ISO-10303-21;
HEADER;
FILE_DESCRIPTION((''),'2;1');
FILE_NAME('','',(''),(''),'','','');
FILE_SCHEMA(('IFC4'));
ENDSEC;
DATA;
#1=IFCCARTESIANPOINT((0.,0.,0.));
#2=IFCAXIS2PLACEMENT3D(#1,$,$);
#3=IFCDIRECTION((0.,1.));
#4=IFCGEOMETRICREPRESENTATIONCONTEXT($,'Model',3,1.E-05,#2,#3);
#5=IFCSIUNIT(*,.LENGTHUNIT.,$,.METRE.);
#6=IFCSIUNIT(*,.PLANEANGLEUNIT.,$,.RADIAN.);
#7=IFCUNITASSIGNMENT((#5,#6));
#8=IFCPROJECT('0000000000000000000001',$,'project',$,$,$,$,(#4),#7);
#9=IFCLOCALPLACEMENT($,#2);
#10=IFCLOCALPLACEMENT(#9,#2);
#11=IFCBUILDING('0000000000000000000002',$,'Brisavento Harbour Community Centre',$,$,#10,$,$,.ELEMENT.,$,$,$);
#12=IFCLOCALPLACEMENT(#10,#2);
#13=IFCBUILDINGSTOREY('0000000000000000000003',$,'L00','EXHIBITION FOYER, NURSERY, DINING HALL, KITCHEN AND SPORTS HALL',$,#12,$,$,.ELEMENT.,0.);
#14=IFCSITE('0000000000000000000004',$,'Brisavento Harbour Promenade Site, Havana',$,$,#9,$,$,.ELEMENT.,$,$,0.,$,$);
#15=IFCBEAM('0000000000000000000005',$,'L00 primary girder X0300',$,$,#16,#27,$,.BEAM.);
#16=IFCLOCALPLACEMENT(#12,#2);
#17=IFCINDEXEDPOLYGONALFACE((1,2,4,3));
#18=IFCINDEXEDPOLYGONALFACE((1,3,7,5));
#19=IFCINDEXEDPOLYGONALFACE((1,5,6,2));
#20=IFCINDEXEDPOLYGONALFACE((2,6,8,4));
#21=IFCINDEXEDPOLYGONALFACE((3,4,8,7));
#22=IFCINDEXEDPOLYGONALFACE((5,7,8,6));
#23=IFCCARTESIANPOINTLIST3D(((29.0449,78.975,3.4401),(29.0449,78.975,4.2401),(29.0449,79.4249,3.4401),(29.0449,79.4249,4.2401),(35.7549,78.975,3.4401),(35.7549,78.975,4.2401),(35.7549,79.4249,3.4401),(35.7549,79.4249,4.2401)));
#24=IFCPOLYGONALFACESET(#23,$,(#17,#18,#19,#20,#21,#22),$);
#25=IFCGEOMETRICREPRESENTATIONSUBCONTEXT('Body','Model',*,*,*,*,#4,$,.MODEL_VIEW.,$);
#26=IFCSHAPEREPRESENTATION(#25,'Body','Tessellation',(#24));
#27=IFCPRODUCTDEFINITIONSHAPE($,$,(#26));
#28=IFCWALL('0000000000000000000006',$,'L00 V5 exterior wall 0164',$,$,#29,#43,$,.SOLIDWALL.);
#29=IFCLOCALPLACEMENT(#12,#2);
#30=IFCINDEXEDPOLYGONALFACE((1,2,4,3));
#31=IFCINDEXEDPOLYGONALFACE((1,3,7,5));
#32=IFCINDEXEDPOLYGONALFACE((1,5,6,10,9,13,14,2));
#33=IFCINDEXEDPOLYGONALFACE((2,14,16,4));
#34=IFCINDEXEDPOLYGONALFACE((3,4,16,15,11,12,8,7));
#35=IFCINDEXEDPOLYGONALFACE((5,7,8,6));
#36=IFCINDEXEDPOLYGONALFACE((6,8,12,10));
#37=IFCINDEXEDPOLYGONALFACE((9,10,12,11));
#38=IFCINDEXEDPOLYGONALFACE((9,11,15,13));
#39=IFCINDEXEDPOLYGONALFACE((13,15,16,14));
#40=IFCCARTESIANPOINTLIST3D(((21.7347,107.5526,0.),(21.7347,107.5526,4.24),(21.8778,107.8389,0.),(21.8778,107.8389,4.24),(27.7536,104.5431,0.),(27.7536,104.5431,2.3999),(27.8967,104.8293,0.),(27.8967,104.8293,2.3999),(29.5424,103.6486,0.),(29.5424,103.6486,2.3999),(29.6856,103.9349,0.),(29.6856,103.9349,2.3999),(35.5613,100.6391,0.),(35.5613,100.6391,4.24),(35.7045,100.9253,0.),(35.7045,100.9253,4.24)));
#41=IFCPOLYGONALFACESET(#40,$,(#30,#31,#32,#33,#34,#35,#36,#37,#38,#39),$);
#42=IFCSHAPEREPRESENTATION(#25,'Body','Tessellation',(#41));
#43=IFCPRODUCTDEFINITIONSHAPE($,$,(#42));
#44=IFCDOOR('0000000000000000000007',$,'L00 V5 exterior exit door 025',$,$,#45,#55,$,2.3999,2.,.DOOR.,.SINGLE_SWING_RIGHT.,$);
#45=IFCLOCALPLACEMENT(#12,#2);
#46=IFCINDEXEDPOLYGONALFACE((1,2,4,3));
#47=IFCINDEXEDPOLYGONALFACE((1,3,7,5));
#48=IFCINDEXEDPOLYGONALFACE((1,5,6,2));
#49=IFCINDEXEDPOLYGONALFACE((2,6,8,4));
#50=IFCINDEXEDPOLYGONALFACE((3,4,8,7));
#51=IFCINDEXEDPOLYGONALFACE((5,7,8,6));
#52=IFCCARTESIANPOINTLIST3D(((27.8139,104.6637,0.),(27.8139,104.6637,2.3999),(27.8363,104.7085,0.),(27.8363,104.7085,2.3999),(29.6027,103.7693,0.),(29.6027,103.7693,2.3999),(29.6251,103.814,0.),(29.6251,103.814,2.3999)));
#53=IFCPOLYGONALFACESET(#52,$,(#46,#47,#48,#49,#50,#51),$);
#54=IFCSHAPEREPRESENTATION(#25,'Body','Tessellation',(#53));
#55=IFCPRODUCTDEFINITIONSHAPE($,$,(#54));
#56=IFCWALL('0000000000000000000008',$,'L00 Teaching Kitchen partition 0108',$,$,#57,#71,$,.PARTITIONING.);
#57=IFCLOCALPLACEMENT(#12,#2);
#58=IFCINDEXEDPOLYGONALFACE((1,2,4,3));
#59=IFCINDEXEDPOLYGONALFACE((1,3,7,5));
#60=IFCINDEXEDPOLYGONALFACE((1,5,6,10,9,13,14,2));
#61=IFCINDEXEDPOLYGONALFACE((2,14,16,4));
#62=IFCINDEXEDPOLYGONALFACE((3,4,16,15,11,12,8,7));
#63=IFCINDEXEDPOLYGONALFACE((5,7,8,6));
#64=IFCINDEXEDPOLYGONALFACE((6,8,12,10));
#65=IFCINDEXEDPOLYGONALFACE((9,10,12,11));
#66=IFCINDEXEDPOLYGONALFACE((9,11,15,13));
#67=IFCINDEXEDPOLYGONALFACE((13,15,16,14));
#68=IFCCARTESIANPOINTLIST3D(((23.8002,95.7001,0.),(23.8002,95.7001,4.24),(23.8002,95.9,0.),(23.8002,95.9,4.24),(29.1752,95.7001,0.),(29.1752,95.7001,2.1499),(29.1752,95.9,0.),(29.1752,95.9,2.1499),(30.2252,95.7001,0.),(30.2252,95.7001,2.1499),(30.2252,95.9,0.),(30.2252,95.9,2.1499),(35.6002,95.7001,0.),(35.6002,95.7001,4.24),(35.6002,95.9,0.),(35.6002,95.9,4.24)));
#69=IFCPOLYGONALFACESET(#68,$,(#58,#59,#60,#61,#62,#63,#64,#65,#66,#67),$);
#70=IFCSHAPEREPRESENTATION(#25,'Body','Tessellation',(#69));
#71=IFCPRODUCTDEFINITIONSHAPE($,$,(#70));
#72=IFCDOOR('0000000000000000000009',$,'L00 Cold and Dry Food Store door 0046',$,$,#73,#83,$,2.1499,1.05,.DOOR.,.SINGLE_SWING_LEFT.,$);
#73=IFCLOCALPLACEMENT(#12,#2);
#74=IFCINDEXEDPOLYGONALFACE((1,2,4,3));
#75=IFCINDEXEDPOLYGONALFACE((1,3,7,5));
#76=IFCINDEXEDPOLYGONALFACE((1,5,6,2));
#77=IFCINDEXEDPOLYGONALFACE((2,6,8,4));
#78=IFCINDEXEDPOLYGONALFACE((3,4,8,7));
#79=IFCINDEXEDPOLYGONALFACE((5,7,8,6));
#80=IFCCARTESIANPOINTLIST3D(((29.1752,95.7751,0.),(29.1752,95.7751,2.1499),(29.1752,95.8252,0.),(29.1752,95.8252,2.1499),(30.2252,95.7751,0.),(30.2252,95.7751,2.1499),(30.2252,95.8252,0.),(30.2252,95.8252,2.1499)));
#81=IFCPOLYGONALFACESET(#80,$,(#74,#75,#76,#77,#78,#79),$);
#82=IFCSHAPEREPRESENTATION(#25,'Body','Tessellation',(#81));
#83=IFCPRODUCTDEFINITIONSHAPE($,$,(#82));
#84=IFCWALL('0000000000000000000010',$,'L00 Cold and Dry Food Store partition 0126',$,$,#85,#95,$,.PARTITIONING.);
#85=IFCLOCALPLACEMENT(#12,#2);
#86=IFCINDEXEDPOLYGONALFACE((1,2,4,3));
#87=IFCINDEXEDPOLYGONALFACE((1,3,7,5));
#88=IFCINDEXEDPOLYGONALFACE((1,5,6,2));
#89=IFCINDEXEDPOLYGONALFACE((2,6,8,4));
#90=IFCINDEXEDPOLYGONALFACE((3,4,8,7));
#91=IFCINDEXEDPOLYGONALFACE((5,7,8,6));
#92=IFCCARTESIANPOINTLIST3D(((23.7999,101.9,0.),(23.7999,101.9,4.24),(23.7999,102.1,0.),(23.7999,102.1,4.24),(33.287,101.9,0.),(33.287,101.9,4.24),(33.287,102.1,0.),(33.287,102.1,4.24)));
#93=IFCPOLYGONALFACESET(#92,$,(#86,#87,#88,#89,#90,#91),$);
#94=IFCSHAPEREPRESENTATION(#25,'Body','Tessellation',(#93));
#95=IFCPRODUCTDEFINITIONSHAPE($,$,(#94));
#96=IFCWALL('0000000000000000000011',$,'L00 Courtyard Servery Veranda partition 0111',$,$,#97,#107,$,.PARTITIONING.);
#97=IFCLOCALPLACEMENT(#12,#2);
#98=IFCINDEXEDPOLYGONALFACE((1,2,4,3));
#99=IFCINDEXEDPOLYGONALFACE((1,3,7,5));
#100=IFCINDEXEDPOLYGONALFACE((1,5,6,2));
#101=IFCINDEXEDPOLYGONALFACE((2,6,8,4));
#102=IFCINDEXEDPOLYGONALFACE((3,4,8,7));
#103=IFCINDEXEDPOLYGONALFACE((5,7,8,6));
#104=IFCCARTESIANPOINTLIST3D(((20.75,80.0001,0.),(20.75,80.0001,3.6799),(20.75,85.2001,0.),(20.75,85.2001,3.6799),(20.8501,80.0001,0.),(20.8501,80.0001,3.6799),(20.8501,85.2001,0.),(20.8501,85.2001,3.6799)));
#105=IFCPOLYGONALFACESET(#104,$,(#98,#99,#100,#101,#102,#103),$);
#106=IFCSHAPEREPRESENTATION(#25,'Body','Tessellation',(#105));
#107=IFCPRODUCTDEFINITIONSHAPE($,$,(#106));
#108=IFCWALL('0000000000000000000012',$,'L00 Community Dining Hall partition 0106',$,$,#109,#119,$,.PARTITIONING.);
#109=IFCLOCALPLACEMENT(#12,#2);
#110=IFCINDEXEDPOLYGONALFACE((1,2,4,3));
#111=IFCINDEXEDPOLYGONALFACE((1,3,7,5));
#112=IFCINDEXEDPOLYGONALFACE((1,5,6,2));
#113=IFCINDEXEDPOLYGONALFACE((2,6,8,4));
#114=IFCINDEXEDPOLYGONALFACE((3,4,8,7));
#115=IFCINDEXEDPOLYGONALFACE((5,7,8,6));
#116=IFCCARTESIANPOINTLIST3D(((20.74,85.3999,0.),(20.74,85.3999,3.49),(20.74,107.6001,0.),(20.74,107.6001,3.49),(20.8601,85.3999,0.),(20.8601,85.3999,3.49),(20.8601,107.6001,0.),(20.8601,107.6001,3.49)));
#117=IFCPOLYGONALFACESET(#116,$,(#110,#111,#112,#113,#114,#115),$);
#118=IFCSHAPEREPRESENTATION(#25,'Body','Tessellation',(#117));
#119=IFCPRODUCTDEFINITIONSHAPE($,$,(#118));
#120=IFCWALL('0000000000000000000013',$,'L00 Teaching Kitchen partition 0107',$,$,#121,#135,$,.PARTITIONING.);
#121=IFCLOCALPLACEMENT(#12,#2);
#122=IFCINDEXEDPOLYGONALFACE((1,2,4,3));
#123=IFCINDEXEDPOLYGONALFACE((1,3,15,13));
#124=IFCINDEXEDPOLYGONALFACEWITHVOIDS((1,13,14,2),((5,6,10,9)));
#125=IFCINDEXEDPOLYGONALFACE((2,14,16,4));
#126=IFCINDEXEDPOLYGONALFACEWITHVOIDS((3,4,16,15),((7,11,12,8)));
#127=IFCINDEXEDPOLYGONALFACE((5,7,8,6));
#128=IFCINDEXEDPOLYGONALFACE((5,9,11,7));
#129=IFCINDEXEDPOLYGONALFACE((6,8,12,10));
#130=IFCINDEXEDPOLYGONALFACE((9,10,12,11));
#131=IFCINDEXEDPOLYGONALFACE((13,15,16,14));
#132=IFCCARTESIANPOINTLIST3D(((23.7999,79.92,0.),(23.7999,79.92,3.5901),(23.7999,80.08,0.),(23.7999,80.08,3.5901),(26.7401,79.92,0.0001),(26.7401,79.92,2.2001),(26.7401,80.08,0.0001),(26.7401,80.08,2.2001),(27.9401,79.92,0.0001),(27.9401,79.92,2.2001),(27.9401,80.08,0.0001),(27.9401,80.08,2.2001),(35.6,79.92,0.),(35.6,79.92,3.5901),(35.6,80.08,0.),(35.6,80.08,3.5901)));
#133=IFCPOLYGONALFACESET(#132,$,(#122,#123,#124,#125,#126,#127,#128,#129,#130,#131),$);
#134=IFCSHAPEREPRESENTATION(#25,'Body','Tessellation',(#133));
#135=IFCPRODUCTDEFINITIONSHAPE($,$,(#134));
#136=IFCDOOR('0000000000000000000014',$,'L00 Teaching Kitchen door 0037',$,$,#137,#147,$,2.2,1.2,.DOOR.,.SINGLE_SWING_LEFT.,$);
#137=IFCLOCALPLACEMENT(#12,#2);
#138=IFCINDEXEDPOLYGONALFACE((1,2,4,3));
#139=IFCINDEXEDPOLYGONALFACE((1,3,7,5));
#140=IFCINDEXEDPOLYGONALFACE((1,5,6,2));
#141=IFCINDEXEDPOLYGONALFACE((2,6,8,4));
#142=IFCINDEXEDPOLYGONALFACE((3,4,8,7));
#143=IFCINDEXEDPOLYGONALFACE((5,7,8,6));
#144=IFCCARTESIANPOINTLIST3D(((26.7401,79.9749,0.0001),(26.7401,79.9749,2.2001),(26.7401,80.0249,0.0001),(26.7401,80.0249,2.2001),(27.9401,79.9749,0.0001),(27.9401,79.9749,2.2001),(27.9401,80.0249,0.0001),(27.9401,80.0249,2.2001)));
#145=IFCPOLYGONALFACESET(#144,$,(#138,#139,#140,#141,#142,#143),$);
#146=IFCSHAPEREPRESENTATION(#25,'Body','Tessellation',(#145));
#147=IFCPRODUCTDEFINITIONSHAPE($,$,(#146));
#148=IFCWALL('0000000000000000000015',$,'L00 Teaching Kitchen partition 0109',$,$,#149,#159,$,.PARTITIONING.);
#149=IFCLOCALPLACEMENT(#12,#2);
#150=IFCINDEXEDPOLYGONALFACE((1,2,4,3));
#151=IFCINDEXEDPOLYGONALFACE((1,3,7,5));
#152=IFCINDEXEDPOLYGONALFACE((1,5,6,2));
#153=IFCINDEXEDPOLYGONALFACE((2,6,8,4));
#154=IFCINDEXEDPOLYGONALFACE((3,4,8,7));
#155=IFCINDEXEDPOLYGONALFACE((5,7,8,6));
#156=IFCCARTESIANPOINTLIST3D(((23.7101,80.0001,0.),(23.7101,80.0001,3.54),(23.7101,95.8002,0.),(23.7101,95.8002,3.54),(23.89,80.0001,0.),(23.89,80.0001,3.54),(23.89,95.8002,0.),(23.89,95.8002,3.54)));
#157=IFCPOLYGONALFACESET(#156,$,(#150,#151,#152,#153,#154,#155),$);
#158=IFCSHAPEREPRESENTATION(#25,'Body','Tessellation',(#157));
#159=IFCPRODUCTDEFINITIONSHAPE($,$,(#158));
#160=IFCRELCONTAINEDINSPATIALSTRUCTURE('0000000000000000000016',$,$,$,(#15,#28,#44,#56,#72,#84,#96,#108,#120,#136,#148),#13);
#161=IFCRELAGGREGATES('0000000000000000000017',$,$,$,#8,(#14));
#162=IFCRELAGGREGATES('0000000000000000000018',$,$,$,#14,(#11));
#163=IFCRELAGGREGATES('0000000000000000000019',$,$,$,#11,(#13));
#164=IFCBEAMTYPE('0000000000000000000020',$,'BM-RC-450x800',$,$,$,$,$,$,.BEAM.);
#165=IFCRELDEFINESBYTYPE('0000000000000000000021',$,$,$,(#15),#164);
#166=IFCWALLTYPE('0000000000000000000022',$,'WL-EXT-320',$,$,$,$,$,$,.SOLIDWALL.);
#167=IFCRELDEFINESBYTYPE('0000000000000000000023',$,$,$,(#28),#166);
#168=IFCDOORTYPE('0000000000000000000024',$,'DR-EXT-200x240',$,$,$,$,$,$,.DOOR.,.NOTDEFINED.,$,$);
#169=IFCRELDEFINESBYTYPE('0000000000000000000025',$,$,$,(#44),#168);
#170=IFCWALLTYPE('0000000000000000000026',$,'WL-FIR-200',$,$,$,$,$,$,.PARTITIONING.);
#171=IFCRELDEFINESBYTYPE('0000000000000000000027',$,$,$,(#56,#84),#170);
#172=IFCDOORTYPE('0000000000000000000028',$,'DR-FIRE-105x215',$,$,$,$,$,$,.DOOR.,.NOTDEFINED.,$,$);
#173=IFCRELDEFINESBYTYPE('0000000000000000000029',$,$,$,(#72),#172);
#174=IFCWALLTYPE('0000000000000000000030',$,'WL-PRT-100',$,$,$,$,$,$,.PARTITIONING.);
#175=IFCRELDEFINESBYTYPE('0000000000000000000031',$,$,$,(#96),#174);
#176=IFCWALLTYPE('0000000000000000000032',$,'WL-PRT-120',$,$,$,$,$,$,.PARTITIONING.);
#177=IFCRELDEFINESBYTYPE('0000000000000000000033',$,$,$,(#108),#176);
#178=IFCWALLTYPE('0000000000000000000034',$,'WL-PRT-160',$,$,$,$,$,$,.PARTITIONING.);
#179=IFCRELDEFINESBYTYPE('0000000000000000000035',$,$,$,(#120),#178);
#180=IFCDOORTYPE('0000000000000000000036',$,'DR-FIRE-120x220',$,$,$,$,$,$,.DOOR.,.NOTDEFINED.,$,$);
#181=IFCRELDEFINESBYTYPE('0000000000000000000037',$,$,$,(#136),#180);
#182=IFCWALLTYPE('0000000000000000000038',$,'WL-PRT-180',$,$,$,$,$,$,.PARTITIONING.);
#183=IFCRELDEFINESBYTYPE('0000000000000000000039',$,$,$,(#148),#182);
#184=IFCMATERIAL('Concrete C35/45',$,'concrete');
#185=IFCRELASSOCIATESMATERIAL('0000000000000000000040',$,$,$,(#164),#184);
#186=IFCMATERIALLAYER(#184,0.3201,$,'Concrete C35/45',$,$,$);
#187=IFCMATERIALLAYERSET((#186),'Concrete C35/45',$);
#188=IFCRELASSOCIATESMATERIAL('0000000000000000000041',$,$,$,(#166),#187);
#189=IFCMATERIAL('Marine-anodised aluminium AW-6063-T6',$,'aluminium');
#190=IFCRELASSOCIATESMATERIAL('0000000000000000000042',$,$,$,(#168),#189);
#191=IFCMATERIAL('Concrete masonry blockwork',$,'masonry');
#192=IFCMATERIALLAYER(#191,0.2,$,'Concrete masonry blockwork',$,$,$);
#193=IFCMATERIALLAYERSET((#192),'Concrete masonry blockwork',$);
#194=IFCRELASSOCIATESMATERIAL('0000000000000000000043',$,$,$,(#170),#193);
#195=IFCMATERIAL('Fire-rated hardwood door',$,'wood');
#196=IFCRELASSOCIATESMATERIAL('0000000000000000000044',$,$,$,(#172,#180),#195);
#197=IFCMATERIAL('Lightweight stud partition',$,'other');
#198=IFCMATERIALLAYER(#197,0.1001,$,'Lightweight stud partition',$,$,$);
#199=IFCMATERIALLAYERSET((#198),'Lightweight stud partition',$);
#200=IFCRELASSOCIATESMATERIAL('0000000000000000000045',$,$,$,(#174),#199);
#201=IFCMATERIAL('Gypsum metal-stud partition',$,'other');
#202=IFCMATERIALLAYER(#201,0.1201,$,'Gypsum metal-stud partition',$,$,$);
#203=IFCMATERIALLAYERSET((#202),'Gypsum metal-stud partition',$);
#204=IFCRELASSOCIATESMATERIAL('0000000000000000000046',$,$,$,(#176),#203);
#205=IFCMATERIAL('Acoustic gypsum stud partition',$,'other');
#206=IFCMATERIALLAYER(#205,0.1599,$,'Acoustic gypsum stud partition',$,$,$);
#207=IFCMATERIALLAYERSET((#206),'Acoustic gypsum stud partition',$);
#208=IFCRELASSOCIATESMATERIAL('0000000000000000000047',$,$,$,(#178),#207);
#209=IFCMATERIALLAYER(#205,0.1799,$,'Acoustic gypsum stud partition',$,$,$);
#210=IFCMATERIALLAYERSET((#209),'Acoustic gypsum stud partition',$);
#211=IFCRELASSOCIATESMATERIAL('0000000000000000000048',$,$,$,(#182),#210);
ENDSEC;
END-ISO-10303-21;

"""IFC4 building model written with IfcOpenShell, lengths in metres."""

from ifc_helpers import new_model, si_unit, direction, frame, frame_2d, origin, origin_2d, place, context, subcontext, project, spatial, rectangle, extrude, material, layer, layer_set, material_profile, profile_set, type_object, element, fill, save


model = new_model("IFC4")

# Units and contexts
model_context = context("Model", 3, precision=1e-05, world=origin(), true_north=direction((0.0, 1.0)))
body_context = subcontext(model_context, "Body", "Model", "MODEL_VIEW")
ifc_project = project(units=[si_unit("LENGTHUNIT", "METRE"), si_unit("PLANEANGLEUNIT", "RADIAN")], contexts=[model_context])

# Site, building, storey
site_placement = place(None, origin())
site = spatial("IfcSite", under=ifc_project, at=site_placement, Name="Brisavento Harbour Promenade Site, Havana", CompositionType="ELEMENT", RefElevation=0.0)
building_placement = place(site_placement, origin())
building = spatial("IfcBuilding", under=site, at=building_placement, Name="Brisavento Harbour Community Centre", CompositionType="ELEMENT")
storey_placement = place(building_placement, origin())
storey = spatial("IfcBuildingStorey", under=building, at=storey_placement, Name="L00", Description="EXHIBITION FOYER, NURSERY, DINING HALL, KITCHEN AND SPORTS HALL", CompositionType="ELEMENT", Elevation=0.0)

# Shared definitions
ifc_material_1 = material(Name="Concrete C35/45", Category="concrete")

# Beam
ifc_material_profile_1 = material_profile(ifc_material_1, rectangle(XDim=0.45, YDim=0.8, at=origin_2d()), Name="Concrete C35/45")
ifc_profile_set_1 = profile_set([ifc_material_profile_1], Name="Concrete C35/45")
beam_type_1 = type_object("IfcBeamType", Name="BM-RC-450x800", PredefinedType="BEAM", material=ifc_profile_set_1)
beam_1_placement = place(storey_placement, frame((29.0449, 79.2, 3.8401), z_axis=(1.0, 0.0, 0.0), x_axis=(0.0, 1.0, 0.0)))
element("IfcBeam", 1, at=beam_1_placement, inside=storey, type_object=beam_type_1, Name="L00 primary girder X0300", PredefinedType="BEAM", context=body_context, shape_type="SweptSolid", body=[
    extrude(rectangle(XDim=0.45, YDim=0.8, at=origin_2d()), origin(), (0.0, 0.0, 1.0), 6.71),
])

# Walls, openings, doors
ifc_layer_1 = layer(ifc_material_1, 0.3201, Name="Concrete C35/45")
ifc_layer_set_1 = layer_set([ifc_layer_1], Name="Concrete C35/45")
wall_type_1 = type_object("IfcWallType", Name="WL-EXT-320", PredefinedType="SOLIDWALL", material=ifc_layer_set_1)
wall_1_placement = place(storey_placement, frame((21.8062, 107.6958, 0.0), z_axis=(0.0, 0.0, 1.0), x_axis=(0.894421, -0.447226, 0.0)))
wall_1 = element("IfcWall", 2, at=wall_1_placement, inside=storey, type_object=wall_type_1, Name="L00 V5 exterior wall 0164", PredefinedType="SOLIDWALL", context=body_context, shape_type="SweptSolid", body=[
    extrude(rectangle(XDim=15.4587, YDim=0.3201, at=frame_2d((7.7295, 0.0))), origin(), (0.0, 0.0, 1.0), 4.24),
])
opening_1_placement = place(wall_1_placement, frame((6.7295, 0.0, 0.0)))
opening_1 = element("IfcOpeningElement", 3, at=opening_1_placement, cuts=wall_1, PredefinedType="OPENING", context=body_context, shape_type="SweptSolid", body=[
    extrude(rectangle(XDim=2.0, YDim=2.3999, at=frame_2d((1.0, 1.2))), frame((0.0, 0.1699, 0.0), z_axis=(0.0, -1.0, 0.0), x_axis=(1.0, 0.0, 0.0)), (0.0, 0.0, 1.0), 0.3401),
])
ifc_material_2 = material(Name="Marine-anodised aluminium AW-6063-T6", Category="aluminium")
door_type_1 = type_object("IfcDoorType", Name="DR-EXT-200x240", OperationType="NOTDEFINED", PredefinedType="DOOR", material=ifc_material_2)
door_1_placement = place(opening_1_placement, origin())
door_1 = element("IfcDoor", 4, at=door_1_placement, inside=storey, type_object=door_type_1, Name="L00 V5 exterior exit door 025", OperationType="SINGLE_SWING_RIGHT", OverallHeight=2.3999, OverallWidth=2.0, PredefinedType="DOOR", context=body_context, shape_type="SweptSolid", body=[
    extrude(rectangle(XDim=2.0, YDim=2.3999, at=frame_2d((1.0, 1.2))), frame((0.0, 0.0249, 0.0), z_axis=(0.0, -1.0, 0.0), x_axis=(1.0, 0.0, 0.0)), (0.0, 0.0, 1.0), 0.05),
])
fill(opening_1, door_1)
ifc_material_3 = material(Name="Concrete masonry blockwork", Category="masonry")
ifc_layer_2 = layer(ifc_material_3, 0.2, Name="Concrete masonry blockwork")
ifc_layer_set_2 = layer_set([ifc_layer_2], Name="Concrete masonry blockwork")
wall_type_2 = type_object("IfcWallType", Name="WL-FIR-200", PredefinedType="PARTITIONING", material=ifc_layer_set_2)
wall_2_placement = place(storey_placement, frame((35.6001, 95.8, 0.0), z_axis=(0.0, 0.0, 1.0), x_axis=(-1.0, 0.0, 0.0)))
wall_2 = element("IfcWall", 5, at=wall_2_placement, inside=storey, type_object=wall_type_2, Name="L00 Teaching Kitchen partition 0108", PredefinedType="PARTITIONING", context=body_context, shape_type="SweptSolid", body=[
    extrude(rectangle(XDim=11.8, YDim=0.2, at=frame_2d((5.8999, 0.0))), origin(), (0.0, 0.0, 1.0), 4.24),
])
opening_2_placement = place(wall_2_placement, frame((5.375, 0.0, 0.0)))
opening_2 = element("IfcOpeningElement", 6, at=opening_2_placement, cuts=wall_2, PredefinedType="OPENING", context=body_context, shape_type="SweptSolid", body=[
    extrude(rectangle(XDim=1.05, YDim=2.1499, at=frame_2d((0.5249, 1.075))), frame((0.0, 0.1099, 0.0), z_axis=(0.0, -1.0, 0.0), x_axis=(1.0, 0.0, 0.0)), (0.0, 0.0, 1.0), 0.22),
])
ifc_material_4 = material(Name="Fire-rated hardwood door", Category="wood")
door_type_2 = type_object("IfcDoorType", Name="DR-FIRE-105x215", OperationType="NOTDEFINED", PredefinedType="DOOR", material=ifc_material_4)
door_2_placement = place(opening_2_placement, origin())
door_2 = element("IfcDoor", 7, at=door_2_placement, inside=storey, type_object=door_type_2, Name="L00 Cold and Dry Food Store door 0046", OperationType="SINGLE_SWING_LEFT", OverallHeight=2.1499, OverallWidth=1.05, PredefinedType="DOOR", context=body_context, shape_type="SweptSolid", body=[
    extrude(rectangle(XDim=1.05, YDim=2.1499, at=frame_2d((0.5249, 1.075))), frame((0.0, 0.0249, 0.0), z_axis=(0.0, -1.0, 0.0), x_axis=(1.0, 0.0, 0.0)), (0.0, 0.0, 1.0), 0.05),
])
fill(opening_2, door_2)

# Walls
wall_3_placement = place(storey_placement, frame((33.2871, 102.0, 0.0), z_axis=(0.0, 0.0, 1.0), x_axis=(-1.0, 0.0, 0.0)))
element("IfcWall", 8, at=wall_3_placement, inside=storey, type_object=wall_type_2, Name="L00 Cold and Dry Food Store partition 0126", PredefinedType="PARTITIONING", context=body_context, shape_type="SweptSolid", body=[
    extrude(rectangle(XDim=9.4871, YDim=0.2, at=frame_2d((4.7437, 0.0))), origin(), (0.0, 0.0, 1.0), 4.24),
])
ifc_material_5 = material(Name="Lightweight stud partition", Category="other")
ifc_layer_3 = layer(ifc_material_5, 0.1001, Name="Lightweight stud partition")
ifc_layer_set_3 = layer_set([ifc_layer_3], Name="Lightweight stud partition")
wall_type_3 = type_object("IfcWallType", Name="WL-PRT-100", PredefinedType="PARTITIONING", material=ifc_layer_set_3)
wall_4_placement = place(storey_placement, frame((20.8, 80.0, 0.0), z_axis=(0.0, 0.0, 1.0), x_axis=(0.0, 1.0, 0.0)))
element("IfcWall", 9, at=wall_4_placement, inside=storey, type_object=wall_type_3, Name="L00 Courtyard Servery Veranda partition 0111", PredefinedType="PARTITIONING", context=body_context, shape_type="SweptSolid", body=[
    extrude(rectangle(XDim=5.2, YDim=0.1001, at=frame_2d((2.6001, 0.0))), origin(), (0.0, 0.0, 1.0), 3.6799),
])
ifc_material_6 = material(Name="Gypsum metal-stud partition", Category="other")
ifc_layer_4 = layer(ifc_material_6, 0.1201, Name="Gypsum metal-stud partition")
ifc_layer_set_4 = layer_set([ifc_layer_4], Name="Gypsum metal-stud partition")
wall_type_4 = type_object("IfcWallType", Name="WL-PRT-120", PredefinedType="PARTITIONING", material=ifc_layer_set_4)
wall_5_placement = place(storey_placement, frame((20.8, 85.3999, 0.0), z_axis=(0.0, 0.0, 1.0), x_axis=(0.0, 1.0, 0.0)))
element("IfcWall", 10, at=wall_5_placement, inside=storey, type_object=wall_type_4, Name="L00 Community Dining Hall partition 0106", PredefinedType="PARTITIONING", context=body_context, shape_type="SweptSolid", body=[
    extrude(rectangle(XDim=22.2002, YDim=0.1201, at=frame_2d((11.1001, 0.0))), origin(), (0.0, 0.0, 1.0), 3.49),
])

# Wall, opening, door
ifc_material_7 = material(Name="Acoustic gypsum stud partition", Category="other")
ifc_layer_5 = layer(ifc_material_7, 0.1599, Name="Acoustic gypsum stud partition")
ifc_layer_set_5 = layer_set([ifc_layer_5], Name="Acoustic gypsum stud partition")
wall_type_5 = type_object("IfcWallType", Name="WL-PRT-160", PredefinedType="PARTITIONING", material=ifc_layer_set_5)
wall_6_placement = place(storey_placement, frame((23.8, 80.0, 0.0), z_axis=(0.0, 0.0, 1.0), x_axis=(1.0, 0.0, 0.0)))
wall_6 = element("IfcWall", 11, at=wall_6_placement, inside=storey, type_object=wall_type_5, Name="L00 Teaching Kitchen partition 0107", PredefinedType="PARTITIONING", context=body_context, shape_type="SweptSolid", body=[
    extrude(rectangle(XDim=11.8, YDim=0.1599, at=frame_2d((5.8999, 0.0))), origin(), (0.0, 0.0, 1.0), 3.5901),
])
opening_3_placement = place(wall_6_placement, frame((2.9399, 0.0, 0.0)))
opening_3 = element("IfcOpeningElement", 12, at=opening_3_placement, cuts=wall_6, PredefinedType="OPENING", context=body_context, shape_type="SweptSolid", body=[
    extrude(rectangle(XDim=1.2, YDim=2.2, at=frame_2d((0.6001, 1.1001))), frame((0.0, 0.0898, 0.0), z_axis=(0.0, -1.0, 0.0), x_axis=(1.0, 0.0, 0.0)), (0.0, 0.0, 1.0), 0.1799),
])
door_type_3 = type_object("IfcDoorType", Name="DR-FIRE-120x220", OperationType="NOTDEFINED", PredefinedType="DOOR", material=ifc_material_4)
door_3_placement = place(opening_3_placement, origin())
door_3 = element("IfcDoor", 13, at=door_3_placement, inside=storey, type_object=door_type_3, Name="L00 Teaching Kitchen door 0037", OperationType="SINGLE_SWING_LEFT", OverallHeight=2.2, OverallWidth=1.2, PredefinedType="DOOR", context=body_context, shape_type="SweptSolid", body=[
    extrude(rectangle(XDim=1.2, YDim=2.2, at=frame_2d((0.6001, 1.1001))), frame((0.0, 0.0249, 0.0), z_axis=(0.0, -1.0, 0.0), x_axis=(1.0, 0.0, 0.0)), (0.0, 0.0, 1.0), 0.05),
])
fill(opening_3, door_3)

# Wall
ifc_layer_6 = layer(ifc_material_7, 0.1799, Name="Acoustic gypsum stud partition")
ifc_layer_set_6 = layer_set([ifc_layer_6], Name="Acoustic gypsum stud partition")
wall_type_6 = type_object("IfcWallType", Name="WL-PRT-180", PredefinedType="PARTITIONING", material=ifc_layer_set_6)
wall_7_placement = place(storey_placement, frame((23.8, 95.8, 0.0), z_axis=(0.0, 0.0, 1.0), x_axis=(0.0, -1.0, 0.0)))
element("IfcWall", 14, at=wall_7_placement, inside=storey, type_object=wall_type_6, Name="L00 Teaching Kitchen partition 0109", PredefinedType="PARTITIONING", context=body_context, shape_type="SweptSolid", body=[
    extrude(rectangle(XDim=15.8, YDim=0.1799, at=frame_2d((7.8999, 0.0))), origin(), (0.0, 0.0, 1.0), 3.54),
])

save(model, "model.ifc")
